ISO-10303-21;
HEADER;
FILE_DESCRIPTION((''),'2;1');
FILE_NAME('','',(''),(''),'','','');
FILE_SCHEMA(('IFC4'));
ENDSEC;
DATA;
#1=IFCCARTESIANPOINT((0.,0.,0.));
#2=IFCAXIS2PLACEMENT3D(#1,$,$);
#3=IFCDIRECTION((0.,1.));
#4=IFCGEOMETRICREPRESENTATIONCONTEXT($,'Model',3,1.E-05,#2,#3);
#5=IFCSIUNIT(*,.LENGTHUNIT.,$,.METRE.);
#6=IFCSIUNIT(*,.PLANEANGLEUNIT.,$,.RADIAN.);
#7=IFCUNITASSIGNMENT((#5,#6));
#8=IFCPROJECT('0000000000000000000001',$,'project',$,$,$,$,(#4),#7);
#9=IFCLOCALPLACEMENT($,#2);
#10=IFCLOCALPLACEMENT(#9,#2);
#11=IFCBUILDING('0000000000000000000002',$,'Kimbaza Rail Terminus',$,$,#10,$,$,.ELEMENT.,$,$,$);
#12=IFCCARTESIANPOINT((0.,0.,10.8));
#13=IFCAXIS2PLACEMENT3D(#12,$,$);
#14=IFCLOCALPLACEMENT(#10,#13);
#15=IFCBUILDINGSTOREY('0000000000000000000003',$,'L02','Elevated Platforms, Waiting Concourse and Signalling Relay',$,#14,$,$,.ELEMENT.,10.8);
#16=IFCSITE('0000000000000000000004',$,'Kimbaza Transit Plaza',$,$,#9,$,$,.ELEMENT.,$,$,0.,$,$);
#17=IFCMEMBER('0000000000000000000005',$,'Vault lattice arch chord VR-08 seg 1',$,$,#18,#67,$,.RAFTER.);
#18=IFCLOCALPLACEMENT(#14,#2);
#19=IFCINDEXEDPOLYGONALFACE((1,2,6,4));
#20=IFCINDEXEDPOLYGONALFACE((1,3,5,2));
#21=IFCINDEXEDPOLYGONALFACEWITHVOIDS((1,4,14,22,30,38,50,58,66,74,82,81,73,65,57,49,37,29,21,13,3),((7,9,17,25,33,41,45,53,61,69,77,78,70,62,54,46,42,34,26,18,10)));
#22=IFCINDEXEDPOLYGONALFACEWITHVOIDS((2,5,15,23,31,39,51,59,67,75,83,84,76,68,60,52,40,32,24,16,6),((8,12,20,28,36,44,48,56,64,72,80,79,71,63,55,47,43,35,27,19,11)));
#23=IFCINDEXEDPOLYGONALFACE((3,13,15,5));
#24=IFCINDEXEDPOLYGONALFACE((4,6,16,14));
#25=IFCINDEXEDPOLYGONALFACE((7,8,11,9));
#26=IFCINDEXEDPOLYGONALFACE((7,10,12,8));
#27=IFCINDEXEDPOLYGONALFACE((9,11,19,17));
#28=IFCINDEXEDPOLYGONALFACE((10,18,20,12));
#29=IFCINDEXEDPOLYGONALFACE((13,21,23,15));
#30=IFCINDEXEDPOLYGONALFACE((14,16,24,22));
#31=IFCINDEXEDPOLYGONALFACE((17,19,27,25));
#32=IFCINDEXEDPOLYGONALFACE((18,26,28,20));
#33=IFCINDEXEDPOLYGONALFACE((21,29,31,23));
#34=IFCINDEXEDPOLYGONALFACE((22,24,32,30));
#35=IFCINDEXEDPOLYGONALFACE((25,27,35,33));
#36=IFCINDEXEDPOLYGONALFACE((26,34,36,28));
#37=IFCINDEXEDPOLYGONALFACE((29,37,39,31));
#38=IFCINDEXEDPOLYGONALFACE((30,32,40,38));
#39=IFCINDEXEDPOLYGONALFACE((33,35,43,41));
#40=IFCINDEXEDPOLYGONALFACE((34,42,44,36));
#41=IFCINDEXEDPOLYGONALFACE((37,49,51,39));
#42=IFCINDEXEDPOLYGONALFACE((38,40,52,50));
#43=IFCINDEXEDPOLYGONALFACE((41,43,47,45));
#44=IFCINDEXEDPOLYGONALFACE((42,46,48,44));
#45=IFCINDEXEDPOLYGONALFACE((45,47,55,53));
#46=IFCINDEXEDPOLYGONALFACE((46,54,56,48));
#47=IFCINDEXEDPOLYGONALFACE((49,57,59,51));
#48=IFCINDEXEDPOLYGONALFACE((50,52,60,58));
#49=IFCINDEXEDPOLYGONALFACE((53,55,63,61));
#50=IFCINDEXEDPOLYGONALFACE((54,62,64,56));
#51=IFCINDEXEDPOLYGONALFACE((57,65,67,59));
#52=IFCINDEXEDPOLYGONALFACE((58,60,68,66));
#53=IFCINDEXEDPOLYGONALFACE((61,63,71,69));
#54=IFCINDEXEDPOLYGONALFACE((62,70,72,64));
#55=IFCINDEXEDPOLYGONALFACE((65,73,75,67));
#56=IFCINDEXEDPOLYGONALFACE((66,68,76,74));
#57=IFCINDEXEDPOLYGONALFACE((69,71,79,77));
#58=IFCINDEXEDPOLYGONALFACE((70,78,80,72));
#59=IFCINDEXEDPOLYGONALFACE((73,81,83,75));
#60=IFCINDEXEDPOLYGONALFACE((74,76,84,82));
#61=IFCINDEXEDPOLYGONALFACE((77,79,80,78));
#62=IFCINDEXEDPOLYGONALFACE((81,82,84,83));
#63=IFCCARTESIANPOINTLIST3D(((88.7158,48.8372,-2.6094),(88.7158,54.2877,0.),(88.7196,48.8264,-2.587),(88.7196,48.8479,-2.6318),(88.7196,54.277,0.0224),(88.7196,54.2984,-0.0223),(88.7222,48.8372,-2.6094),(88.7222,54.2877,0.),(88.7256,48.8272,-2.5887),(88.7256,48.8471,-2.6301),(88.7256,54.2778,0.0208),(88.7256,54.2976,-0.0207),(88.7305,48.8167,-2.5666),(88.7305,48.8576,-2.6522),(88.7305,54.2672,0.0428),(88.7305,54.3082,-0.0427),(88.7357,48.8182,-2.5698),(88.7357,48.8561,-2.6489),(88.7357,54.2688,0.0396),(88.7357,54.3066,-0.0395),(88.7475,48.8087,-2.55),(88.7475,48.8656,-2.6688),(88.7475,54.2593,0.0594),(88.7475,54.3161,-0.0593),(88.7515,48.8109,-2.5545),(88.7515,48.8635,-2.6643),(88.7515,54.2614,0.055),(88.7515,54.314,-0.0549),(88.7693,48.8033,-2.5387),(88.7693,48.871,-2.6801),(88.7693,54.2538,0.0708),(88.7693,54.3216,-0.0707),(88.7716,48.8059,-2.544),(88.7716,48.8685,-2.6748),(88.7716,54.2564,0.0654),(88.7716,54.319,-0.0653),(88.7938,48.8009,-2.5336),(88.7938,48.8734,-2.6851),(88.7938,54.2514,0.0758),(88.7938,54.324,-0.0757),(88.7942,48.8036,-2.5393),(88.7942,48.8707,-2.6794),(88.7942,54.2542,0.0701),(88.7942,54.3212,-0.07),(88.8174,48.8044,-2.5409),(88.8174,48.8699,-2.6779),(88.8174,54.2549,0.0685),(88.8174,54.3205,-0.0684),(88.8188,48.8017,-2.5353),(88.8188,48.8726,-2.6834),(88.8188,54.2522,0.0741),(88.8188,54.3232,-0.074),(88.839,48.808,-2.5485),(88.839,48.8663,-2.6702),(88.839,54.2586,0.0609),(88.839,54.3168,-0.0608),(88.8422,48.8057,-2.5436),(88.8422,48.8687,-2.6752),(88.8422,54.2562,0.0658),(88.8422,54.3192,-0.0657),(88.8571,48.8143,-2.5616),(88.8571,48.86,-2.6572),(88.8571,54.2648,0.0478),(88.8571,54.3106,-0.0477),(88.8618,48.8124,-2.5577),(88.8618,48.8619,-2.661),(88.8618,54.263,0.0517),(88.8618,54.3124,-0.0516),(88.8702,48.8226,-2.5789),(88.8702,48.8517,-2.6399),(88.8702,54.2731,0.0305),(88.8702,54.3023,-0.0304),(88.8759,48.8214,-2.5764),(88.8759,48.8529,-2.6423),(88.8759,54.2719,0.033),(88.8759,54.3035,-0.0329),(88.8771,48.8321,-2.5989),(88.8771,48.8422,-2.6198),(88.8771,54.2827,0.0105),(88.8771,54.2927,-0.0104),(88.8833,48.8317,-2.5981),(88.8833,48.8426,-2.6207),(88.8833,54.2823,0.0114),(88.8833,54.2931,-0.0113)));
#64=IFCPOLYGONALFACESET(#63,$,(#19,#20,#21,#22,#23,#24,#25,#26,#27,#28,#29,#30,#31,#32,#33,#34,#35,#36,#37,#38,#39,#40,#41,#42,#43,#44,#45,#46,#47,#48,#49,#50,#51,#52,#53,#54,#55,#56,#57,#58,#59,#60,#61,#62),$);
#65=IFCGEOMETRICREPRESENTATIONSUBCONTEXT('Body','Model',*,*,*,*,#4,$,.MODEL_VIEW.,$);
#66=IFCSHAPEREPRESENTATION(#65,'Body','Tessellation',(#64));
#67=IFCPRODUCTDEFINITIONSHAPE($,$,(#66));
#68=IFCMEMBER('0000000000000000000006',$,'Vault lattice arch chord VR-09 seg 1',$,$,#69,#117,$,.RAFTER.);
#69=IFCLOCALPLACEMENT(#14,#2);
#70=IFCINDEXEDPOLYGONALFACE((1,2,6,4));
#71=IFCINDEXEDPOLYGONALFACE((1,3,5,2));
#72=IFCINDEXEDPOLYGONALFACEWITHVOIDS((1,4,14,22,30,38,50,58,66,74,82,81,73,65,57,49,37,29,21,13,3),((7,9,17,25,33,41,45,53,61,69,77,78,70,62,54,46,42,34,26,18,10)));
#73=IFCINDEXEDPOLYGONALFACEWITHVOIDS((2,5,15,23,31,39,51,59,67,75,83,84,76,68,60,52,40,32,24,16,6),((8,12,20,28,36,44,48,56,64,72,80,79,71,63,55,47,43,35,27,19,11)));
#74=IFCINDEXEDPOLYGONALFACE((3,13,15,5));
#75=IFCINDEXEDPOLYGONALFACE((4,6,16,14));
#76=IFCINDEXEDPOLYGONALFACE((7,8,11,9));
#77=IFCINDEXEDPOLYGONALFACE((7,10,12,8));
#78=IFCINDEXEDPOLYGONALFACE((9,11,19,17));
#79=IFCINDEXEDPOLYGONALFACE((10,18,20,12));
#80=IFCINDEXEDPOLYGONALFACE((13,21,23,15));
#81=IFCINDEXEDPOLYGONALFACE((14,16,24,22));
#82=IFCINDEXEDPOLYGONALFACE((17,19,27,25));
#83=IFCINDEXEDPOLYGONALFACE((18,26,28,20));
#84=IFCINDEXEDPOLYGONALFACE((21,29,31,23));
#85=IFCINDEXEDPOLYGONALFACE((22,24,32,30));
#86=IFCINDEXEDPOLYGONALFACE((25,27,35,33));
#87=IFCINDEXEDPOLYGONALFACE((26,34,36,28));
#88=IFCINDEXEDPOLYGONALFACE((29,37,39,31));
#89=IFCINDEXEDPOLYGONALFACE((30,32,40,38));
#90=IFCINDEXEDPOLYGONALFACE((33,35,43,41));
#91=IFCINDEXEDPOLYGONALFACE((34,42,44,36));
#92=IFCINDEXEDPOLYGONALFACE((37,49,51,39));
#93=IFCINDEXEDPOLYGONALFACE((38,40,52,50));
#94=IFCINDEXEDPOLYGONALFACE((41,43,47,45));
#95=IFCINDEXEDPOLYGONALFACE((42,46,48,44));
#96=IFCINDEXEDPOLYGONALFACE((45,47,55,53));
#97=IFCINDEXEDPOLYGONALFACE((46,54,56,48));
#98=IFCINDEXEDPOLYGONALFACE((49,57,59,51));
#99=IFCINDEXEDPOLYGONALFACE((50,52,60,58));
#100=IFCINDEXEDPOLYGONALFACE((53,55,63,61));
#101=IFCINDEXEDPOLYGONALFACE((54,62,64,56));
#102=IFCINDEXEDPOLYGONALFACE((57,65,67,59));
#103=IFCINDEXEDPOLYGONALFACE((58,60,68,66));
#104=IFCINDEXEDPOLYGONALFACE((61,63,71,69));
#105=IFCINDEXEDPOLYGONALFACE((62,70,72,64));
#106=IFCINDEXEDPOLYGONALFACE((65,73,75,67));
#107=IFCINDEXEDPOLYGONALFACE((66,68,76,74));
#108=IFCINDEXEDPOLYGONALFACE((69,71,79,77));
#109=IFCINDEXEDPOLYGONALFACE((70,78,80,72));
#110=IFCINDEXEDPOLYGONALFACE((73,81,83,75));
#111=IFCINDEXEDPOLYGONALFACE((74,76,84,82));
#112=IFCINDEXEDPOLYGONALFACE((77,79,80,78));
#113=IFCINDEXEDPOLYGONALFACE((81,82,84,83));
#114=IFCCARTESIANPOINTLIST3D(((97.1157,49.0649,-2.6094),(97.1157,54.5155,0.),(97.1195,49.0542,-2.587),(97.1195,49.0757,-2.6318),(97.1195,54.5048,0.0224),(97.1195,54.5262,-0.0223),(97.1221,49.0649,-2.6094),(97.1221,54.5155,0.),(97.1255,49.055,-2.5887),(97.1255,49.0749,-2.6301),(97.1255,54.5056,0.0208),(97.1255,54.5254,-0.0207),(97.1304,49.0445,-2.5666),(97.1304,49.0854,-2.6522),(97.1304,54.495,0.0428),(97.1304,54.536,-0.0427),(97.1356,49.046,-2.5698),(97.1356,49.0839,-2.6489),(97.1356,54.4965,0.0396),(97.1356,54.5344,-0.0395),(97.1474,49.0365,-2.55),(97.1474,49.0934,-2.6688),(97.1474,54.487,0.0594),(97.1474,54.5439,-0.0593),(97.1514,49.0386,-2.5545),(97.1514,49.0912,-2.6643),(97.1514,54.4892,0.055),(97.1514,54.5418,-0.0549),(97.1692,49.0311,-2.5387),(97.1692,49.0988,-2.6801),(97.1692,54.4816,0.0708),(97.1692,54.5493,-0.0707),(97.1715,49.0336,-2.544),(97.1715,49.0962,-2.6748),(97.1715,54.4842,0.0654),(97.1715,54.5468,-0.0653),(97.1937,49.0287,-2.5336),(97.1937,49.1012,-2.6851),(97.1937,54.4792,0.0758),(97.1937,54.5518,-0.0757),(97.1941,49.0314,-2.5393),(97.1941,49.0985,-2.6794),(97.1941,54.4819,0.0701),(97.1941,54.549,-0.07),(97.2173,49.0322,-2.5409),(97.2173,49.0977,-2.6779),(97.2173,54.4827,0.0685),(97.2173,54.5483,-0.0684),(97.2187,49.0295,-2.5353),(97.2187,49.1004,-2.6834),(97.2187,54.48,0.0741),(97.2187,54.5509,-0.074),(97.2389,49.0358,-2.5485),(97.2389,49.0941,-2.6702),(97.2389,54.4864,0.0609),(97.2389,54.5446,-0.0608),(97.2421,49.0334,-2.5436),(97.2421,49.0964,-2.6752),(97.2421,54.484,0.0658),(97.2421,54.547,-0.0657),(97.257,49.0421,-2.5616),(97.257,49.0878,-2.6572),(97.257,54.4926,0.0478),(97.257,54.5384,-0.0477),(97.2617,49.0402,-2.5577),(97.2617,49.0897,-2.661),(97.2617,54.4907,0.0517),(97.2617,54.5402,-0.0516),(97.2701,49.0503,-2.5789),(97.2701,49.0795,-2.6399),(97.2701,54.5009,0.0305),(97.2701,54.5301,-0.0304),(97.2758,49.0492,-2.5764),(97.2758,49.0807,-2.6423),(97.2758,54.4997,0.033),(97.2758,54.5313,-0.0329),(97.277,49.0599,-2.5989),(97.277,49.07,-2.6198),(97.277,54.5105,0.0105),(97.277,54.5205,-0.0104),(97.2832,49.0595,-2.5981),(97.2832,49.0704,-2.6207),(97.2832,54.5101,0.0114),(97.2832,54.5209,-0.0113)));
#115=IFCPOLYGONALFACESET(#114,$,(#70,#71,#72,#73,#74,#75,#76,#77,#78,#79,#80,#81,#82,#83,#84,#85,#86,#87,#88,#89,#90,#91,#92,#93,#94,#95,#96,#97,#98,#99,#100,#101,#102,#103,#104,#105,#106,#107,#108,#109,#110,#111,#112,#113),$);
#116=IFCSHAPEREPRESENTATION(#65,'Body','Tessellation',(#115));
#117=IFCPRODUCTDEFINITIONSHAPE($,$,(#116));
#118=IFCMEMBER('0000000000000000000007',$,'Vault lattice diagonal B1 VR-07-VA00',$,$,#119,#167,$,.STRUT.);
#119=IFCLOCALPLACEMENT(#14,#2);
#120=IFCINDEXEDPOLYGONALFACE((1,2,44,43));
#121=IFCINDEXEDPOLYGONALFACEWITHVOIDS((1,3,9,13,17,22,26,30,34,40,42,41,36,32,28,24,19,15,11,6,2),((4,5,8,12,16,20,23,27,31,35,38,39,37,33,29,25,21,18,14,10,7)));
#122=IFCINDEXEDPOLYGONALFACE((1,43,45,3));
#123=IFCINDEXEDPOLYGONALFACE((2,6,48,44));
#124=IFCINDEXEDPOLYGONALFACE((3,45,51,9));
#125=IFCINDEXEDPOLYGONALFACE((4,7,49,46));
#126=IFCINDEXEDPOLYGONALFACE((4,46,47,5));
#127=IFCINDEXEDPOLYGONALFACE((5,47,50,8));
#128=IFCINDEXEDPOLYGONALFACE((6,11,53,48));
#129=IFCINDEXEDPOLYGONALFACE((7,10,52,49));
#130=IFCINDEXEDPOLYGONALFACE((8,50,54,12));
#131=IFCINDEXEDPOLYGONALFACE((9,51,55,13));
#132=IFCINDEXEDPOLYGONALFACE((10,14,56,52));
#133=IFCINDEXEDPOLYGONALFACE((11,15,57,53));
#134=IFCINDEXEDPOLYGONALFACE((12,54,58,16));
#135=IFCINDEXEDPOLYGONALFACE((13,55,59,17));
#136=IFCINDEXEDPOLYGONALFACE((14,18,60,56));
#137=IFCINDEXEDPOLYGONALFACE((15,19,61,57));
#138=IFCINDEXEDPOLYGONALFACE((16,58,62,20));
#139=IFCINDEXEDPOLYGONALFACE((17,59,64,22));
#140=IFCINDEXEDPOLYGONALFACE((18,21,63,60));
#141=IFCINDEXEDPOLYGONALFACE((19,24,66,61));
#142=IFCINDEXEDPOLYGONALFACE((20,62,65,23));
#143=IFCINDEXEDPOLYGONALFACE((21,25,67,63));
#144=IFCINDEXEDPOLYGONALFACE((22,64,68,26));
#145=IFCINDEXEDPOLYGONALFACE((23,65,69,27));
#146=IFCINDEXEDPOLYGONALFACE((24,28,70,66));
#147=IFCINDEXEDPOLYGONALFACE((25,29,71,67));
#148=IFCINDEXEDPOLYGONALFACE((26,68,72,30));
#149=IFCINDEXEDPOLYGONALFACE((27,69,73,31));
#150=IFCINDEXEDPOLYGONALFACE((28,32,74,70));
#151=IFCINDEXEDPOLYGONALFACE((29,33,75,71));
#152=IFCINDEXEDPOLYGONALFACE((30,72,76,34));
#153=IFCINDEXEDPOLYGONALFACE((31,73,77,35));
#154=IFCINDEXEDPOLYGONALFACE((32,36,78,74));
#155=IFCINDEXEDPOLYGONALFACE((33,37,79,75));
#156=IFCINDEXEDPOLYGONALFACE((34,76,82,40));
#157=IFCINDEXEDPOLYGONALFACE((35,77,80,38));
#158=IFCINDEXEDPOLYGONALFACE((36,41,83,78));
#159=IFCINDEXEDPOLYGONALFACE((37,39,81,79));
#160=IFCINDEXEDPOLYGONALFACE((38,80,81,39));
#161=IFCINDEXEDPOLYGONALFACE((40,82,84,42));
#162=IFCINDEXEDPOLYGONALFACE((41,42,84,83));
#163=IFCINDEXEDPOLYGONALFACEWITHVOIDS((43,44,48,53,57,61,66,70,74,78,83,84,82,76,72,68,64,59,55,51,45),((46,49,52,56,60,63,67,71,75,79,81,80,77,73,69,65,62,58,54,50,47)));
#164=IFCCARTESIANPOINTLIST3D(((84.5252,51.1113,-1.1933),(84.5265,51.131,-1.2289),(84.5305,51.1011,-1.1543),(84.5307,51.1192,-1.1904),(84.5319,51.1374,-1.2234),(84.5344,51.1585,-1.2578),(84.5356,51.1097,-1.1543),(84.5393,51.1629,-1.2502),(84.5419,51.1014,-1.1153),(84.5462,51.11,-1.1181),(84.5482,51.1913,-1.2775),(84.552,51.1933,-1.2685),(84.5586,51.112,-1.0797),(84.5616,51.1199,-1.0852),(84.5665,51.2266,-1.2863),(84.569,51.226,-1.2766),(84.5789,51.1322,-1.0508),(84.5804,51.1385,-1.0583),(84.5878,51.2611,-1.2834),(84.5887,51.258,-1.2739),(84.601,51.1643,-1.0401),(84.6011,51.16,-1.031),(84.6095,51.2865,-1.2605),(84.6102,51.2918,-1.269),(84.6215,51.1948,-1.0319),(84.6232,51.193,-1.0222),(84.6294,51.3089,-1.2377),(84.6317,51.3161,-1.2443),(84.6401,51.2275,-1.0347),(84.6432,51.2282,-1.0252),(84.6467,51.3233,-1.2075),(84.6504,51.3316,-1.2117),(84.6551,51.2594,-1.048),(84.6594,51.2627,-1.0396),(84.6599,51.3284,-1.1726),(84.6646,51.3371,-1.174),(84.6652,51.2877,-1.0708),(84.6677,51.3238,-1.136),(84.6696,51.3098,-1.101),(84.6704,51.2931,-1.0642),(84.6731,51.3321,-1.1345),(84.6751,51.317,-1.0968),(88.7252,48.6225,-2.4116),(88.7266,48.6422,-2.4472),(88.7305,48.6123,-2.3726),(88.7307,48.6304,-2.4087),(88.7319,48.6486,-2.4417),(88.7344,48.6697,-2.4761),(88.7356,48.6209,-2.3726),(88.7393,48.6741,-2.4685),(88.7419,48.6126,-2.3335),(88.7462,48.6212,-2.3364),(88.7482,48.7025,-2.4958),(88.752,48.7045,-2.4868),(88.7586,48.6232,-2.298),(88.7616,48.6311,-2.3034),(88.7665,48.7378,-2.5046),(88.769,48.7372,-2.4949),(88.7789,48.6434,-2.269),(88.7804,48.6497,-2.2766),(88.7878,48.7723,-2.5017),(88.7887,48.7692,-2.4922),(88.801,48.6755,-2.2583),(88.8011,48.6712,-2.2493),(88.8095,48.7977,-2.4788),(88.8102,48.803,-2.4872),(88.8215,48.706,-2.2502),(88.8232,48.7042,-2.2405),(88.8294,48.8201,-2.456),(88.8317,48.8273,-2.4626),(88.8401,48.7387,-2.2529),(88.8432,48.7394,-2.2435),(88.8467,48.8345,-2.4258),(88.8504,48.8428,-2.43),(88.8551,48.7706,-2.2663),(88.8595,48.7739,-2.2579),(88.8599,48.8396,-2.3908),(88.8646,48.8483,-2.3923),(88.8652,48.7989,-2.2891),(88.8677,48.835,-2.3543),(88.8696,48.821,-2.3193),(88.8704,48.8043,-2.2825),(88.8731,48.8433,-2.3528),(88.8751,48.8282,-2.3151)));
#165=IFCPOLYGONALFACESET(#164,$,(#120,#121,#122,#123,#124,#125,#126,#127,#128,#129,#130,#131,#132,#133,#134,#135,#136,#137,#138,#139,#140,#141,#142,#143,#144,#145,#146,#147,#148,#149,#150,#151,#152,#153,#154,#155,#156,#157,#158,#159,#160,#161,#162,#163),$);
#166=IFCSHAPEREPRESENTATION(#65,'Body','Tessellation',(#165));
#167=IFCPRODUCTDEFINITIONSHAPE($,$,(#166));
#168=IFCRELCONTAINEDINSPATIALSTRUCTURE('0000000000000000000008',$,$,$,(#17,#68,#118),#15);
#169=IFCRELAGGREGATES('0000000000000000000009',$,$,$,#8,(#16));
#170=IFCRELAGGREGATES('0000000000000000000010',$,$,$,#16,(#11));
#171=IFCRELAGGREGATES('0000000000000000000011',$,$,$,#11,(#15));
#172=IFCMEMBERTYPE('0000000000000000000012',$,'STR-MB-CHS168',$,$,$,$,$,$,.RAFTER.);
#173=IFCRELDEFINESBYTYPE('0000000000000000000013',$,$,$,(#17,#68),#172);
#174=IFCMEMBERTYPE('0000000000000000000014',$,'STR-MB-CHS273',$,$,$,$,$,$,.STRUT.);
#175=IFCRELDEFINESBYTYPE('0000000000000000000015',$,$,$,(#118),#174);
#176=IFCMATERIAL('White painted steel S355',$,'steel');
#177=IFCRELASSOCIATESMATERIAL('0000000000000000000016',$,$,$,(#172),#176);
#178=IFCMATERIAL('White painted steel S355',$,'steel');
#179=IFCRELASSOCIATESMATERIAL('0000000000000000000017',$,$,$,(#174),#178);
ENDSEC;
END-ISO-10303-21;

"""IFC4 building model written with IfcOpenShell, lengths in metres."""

from ifc_helpers import new_model, si_unit, direction, frame, origin, origin_2d, place, context, subcontext, project, spatial, hollow_circle, extrude, material, material_profile, profile_set, type_object, element, save


model = new_model("IFC4")

# Units and contexts
model_context = context("Model", 3, precision=1e-05, world=origin(), true_north=direction((0.0, 1.0)))
body_context = subcontext(model_context, "Body", "Model", "MODEL_VIEW")
ifc_project = project(units=[si_unit("LENGTHUNIT", "METRE"), si_unit("PLANEANGLEUNIT", "RADIAN")], contexts=[model_context])

# Site, building, storey
site_placement = place(None, origin())
site = spatial("IfcSite", under=ifc_project, at=site_placement, Name="Kimbaza Transit Plaza", CompositionType="ELEMENT", RefElevation=0.0)
building_placement = place(site_placement, origin())
building = spatial("IfcBuilding", under=site, at=building_placement, Name="Kimbaza Rail Terminus", CompositionType="ELEMENT")
storey_placement = place(building_placement, frame((0.0, 0.0, 10.8)))
storey = spatial("IfcBuildingStorey", under=building, at=storey_placement, Name="L02", Description="Elevated Platforms, Waiting Concourse and Signalling Relay", CompositionType="ELEMENT", Elevation=10.8)

# Members
ifc_material_1 = material(Name="White painted steel S355", Category="steel")
ifc_material_profile_1 = material_profile(ifc_material_1, hollow_circle(Radius=0.0842, WallThickness=0.0063, at=origin_2d()), Name="CHS 168.3x6.3")
ifc_profile_set_1 = profile_set([ifc_material_profile_1], Name="White painted steel S355")
member_type_1 = type_object("IfcMemberType", Name="STR-MB-CHS168", PredefinedType="RAFTER", material=ifc_profile_set_1)
for number, where, z_axis, x_axis, name in (
    (1, (88.8, 48.8372, -2.6094), (0.0, 0.901964, 0.431811), (-1.0, 0.0, 0.0), "Vault lattice arch chord VR-08 seg 1"),
    (2, (97.2, 49.0649, -2.6094), (0.0, 0.901964, 0.431811), (-1.0, 0.0, 0.0), "Vault lattice arch chord VR-09 seg 1"),
):
    element("IfcMember", number, at=place(storey_placement, frame(where, z_axis=z_axis, x_axis=x_axis)), inside=storey, type_object=member_type_1, Name=name, PredefinedType="RAFTER", context=body_context, shape_type="SweptSolid", body=[
        extrude(hollow_circle(Radius=0.0842, WallThickness=0.0063, at=origin_2d()), origin(), (0.0, 0.0, 1.0), 6.043),
    ])
ifc_material_2 = material(Name="White painted steel S355", Category="steel")
ifc_material_profile_2 = material_profile(ifc_material_2, hollow_circle(Radius=0.1365, WallThickness=0.01, at=origin_2d()), Name="CHS 273x10")
ifc_profile_set_2 = profile_set([ifc_material_profile_2], Name="White painted steel S355")
member_type_2 = type_object("IfcMemberType", Name="STR-MB-CHS273", PredefinedType="STRUT", material=ifc_profile_set_2)
member_1_placement = place(storey_placement, frame((88.8, 48.7297, -2.3726), z_axis=(-0.834703, 0.494621, 0.242119), x_axis=(-0.509789, -0.8603, 0.0)))
element("IfcMember", 3, at=member_1_placement, inside=storey, type_object=member_type_2, Name="Vault lattice diagonal B1 VR-07-VA00", PredefinedType="STRUT", context=body_context, shape_type="SweptSolid", body=[
    extrude(hollow_circle(Radius=0.1365, WallThickness=0.01, at=origin_2d()), origin(), (0.0, 0.0, 1.0), 5.0317),
])

save(model, "model.ifc")
